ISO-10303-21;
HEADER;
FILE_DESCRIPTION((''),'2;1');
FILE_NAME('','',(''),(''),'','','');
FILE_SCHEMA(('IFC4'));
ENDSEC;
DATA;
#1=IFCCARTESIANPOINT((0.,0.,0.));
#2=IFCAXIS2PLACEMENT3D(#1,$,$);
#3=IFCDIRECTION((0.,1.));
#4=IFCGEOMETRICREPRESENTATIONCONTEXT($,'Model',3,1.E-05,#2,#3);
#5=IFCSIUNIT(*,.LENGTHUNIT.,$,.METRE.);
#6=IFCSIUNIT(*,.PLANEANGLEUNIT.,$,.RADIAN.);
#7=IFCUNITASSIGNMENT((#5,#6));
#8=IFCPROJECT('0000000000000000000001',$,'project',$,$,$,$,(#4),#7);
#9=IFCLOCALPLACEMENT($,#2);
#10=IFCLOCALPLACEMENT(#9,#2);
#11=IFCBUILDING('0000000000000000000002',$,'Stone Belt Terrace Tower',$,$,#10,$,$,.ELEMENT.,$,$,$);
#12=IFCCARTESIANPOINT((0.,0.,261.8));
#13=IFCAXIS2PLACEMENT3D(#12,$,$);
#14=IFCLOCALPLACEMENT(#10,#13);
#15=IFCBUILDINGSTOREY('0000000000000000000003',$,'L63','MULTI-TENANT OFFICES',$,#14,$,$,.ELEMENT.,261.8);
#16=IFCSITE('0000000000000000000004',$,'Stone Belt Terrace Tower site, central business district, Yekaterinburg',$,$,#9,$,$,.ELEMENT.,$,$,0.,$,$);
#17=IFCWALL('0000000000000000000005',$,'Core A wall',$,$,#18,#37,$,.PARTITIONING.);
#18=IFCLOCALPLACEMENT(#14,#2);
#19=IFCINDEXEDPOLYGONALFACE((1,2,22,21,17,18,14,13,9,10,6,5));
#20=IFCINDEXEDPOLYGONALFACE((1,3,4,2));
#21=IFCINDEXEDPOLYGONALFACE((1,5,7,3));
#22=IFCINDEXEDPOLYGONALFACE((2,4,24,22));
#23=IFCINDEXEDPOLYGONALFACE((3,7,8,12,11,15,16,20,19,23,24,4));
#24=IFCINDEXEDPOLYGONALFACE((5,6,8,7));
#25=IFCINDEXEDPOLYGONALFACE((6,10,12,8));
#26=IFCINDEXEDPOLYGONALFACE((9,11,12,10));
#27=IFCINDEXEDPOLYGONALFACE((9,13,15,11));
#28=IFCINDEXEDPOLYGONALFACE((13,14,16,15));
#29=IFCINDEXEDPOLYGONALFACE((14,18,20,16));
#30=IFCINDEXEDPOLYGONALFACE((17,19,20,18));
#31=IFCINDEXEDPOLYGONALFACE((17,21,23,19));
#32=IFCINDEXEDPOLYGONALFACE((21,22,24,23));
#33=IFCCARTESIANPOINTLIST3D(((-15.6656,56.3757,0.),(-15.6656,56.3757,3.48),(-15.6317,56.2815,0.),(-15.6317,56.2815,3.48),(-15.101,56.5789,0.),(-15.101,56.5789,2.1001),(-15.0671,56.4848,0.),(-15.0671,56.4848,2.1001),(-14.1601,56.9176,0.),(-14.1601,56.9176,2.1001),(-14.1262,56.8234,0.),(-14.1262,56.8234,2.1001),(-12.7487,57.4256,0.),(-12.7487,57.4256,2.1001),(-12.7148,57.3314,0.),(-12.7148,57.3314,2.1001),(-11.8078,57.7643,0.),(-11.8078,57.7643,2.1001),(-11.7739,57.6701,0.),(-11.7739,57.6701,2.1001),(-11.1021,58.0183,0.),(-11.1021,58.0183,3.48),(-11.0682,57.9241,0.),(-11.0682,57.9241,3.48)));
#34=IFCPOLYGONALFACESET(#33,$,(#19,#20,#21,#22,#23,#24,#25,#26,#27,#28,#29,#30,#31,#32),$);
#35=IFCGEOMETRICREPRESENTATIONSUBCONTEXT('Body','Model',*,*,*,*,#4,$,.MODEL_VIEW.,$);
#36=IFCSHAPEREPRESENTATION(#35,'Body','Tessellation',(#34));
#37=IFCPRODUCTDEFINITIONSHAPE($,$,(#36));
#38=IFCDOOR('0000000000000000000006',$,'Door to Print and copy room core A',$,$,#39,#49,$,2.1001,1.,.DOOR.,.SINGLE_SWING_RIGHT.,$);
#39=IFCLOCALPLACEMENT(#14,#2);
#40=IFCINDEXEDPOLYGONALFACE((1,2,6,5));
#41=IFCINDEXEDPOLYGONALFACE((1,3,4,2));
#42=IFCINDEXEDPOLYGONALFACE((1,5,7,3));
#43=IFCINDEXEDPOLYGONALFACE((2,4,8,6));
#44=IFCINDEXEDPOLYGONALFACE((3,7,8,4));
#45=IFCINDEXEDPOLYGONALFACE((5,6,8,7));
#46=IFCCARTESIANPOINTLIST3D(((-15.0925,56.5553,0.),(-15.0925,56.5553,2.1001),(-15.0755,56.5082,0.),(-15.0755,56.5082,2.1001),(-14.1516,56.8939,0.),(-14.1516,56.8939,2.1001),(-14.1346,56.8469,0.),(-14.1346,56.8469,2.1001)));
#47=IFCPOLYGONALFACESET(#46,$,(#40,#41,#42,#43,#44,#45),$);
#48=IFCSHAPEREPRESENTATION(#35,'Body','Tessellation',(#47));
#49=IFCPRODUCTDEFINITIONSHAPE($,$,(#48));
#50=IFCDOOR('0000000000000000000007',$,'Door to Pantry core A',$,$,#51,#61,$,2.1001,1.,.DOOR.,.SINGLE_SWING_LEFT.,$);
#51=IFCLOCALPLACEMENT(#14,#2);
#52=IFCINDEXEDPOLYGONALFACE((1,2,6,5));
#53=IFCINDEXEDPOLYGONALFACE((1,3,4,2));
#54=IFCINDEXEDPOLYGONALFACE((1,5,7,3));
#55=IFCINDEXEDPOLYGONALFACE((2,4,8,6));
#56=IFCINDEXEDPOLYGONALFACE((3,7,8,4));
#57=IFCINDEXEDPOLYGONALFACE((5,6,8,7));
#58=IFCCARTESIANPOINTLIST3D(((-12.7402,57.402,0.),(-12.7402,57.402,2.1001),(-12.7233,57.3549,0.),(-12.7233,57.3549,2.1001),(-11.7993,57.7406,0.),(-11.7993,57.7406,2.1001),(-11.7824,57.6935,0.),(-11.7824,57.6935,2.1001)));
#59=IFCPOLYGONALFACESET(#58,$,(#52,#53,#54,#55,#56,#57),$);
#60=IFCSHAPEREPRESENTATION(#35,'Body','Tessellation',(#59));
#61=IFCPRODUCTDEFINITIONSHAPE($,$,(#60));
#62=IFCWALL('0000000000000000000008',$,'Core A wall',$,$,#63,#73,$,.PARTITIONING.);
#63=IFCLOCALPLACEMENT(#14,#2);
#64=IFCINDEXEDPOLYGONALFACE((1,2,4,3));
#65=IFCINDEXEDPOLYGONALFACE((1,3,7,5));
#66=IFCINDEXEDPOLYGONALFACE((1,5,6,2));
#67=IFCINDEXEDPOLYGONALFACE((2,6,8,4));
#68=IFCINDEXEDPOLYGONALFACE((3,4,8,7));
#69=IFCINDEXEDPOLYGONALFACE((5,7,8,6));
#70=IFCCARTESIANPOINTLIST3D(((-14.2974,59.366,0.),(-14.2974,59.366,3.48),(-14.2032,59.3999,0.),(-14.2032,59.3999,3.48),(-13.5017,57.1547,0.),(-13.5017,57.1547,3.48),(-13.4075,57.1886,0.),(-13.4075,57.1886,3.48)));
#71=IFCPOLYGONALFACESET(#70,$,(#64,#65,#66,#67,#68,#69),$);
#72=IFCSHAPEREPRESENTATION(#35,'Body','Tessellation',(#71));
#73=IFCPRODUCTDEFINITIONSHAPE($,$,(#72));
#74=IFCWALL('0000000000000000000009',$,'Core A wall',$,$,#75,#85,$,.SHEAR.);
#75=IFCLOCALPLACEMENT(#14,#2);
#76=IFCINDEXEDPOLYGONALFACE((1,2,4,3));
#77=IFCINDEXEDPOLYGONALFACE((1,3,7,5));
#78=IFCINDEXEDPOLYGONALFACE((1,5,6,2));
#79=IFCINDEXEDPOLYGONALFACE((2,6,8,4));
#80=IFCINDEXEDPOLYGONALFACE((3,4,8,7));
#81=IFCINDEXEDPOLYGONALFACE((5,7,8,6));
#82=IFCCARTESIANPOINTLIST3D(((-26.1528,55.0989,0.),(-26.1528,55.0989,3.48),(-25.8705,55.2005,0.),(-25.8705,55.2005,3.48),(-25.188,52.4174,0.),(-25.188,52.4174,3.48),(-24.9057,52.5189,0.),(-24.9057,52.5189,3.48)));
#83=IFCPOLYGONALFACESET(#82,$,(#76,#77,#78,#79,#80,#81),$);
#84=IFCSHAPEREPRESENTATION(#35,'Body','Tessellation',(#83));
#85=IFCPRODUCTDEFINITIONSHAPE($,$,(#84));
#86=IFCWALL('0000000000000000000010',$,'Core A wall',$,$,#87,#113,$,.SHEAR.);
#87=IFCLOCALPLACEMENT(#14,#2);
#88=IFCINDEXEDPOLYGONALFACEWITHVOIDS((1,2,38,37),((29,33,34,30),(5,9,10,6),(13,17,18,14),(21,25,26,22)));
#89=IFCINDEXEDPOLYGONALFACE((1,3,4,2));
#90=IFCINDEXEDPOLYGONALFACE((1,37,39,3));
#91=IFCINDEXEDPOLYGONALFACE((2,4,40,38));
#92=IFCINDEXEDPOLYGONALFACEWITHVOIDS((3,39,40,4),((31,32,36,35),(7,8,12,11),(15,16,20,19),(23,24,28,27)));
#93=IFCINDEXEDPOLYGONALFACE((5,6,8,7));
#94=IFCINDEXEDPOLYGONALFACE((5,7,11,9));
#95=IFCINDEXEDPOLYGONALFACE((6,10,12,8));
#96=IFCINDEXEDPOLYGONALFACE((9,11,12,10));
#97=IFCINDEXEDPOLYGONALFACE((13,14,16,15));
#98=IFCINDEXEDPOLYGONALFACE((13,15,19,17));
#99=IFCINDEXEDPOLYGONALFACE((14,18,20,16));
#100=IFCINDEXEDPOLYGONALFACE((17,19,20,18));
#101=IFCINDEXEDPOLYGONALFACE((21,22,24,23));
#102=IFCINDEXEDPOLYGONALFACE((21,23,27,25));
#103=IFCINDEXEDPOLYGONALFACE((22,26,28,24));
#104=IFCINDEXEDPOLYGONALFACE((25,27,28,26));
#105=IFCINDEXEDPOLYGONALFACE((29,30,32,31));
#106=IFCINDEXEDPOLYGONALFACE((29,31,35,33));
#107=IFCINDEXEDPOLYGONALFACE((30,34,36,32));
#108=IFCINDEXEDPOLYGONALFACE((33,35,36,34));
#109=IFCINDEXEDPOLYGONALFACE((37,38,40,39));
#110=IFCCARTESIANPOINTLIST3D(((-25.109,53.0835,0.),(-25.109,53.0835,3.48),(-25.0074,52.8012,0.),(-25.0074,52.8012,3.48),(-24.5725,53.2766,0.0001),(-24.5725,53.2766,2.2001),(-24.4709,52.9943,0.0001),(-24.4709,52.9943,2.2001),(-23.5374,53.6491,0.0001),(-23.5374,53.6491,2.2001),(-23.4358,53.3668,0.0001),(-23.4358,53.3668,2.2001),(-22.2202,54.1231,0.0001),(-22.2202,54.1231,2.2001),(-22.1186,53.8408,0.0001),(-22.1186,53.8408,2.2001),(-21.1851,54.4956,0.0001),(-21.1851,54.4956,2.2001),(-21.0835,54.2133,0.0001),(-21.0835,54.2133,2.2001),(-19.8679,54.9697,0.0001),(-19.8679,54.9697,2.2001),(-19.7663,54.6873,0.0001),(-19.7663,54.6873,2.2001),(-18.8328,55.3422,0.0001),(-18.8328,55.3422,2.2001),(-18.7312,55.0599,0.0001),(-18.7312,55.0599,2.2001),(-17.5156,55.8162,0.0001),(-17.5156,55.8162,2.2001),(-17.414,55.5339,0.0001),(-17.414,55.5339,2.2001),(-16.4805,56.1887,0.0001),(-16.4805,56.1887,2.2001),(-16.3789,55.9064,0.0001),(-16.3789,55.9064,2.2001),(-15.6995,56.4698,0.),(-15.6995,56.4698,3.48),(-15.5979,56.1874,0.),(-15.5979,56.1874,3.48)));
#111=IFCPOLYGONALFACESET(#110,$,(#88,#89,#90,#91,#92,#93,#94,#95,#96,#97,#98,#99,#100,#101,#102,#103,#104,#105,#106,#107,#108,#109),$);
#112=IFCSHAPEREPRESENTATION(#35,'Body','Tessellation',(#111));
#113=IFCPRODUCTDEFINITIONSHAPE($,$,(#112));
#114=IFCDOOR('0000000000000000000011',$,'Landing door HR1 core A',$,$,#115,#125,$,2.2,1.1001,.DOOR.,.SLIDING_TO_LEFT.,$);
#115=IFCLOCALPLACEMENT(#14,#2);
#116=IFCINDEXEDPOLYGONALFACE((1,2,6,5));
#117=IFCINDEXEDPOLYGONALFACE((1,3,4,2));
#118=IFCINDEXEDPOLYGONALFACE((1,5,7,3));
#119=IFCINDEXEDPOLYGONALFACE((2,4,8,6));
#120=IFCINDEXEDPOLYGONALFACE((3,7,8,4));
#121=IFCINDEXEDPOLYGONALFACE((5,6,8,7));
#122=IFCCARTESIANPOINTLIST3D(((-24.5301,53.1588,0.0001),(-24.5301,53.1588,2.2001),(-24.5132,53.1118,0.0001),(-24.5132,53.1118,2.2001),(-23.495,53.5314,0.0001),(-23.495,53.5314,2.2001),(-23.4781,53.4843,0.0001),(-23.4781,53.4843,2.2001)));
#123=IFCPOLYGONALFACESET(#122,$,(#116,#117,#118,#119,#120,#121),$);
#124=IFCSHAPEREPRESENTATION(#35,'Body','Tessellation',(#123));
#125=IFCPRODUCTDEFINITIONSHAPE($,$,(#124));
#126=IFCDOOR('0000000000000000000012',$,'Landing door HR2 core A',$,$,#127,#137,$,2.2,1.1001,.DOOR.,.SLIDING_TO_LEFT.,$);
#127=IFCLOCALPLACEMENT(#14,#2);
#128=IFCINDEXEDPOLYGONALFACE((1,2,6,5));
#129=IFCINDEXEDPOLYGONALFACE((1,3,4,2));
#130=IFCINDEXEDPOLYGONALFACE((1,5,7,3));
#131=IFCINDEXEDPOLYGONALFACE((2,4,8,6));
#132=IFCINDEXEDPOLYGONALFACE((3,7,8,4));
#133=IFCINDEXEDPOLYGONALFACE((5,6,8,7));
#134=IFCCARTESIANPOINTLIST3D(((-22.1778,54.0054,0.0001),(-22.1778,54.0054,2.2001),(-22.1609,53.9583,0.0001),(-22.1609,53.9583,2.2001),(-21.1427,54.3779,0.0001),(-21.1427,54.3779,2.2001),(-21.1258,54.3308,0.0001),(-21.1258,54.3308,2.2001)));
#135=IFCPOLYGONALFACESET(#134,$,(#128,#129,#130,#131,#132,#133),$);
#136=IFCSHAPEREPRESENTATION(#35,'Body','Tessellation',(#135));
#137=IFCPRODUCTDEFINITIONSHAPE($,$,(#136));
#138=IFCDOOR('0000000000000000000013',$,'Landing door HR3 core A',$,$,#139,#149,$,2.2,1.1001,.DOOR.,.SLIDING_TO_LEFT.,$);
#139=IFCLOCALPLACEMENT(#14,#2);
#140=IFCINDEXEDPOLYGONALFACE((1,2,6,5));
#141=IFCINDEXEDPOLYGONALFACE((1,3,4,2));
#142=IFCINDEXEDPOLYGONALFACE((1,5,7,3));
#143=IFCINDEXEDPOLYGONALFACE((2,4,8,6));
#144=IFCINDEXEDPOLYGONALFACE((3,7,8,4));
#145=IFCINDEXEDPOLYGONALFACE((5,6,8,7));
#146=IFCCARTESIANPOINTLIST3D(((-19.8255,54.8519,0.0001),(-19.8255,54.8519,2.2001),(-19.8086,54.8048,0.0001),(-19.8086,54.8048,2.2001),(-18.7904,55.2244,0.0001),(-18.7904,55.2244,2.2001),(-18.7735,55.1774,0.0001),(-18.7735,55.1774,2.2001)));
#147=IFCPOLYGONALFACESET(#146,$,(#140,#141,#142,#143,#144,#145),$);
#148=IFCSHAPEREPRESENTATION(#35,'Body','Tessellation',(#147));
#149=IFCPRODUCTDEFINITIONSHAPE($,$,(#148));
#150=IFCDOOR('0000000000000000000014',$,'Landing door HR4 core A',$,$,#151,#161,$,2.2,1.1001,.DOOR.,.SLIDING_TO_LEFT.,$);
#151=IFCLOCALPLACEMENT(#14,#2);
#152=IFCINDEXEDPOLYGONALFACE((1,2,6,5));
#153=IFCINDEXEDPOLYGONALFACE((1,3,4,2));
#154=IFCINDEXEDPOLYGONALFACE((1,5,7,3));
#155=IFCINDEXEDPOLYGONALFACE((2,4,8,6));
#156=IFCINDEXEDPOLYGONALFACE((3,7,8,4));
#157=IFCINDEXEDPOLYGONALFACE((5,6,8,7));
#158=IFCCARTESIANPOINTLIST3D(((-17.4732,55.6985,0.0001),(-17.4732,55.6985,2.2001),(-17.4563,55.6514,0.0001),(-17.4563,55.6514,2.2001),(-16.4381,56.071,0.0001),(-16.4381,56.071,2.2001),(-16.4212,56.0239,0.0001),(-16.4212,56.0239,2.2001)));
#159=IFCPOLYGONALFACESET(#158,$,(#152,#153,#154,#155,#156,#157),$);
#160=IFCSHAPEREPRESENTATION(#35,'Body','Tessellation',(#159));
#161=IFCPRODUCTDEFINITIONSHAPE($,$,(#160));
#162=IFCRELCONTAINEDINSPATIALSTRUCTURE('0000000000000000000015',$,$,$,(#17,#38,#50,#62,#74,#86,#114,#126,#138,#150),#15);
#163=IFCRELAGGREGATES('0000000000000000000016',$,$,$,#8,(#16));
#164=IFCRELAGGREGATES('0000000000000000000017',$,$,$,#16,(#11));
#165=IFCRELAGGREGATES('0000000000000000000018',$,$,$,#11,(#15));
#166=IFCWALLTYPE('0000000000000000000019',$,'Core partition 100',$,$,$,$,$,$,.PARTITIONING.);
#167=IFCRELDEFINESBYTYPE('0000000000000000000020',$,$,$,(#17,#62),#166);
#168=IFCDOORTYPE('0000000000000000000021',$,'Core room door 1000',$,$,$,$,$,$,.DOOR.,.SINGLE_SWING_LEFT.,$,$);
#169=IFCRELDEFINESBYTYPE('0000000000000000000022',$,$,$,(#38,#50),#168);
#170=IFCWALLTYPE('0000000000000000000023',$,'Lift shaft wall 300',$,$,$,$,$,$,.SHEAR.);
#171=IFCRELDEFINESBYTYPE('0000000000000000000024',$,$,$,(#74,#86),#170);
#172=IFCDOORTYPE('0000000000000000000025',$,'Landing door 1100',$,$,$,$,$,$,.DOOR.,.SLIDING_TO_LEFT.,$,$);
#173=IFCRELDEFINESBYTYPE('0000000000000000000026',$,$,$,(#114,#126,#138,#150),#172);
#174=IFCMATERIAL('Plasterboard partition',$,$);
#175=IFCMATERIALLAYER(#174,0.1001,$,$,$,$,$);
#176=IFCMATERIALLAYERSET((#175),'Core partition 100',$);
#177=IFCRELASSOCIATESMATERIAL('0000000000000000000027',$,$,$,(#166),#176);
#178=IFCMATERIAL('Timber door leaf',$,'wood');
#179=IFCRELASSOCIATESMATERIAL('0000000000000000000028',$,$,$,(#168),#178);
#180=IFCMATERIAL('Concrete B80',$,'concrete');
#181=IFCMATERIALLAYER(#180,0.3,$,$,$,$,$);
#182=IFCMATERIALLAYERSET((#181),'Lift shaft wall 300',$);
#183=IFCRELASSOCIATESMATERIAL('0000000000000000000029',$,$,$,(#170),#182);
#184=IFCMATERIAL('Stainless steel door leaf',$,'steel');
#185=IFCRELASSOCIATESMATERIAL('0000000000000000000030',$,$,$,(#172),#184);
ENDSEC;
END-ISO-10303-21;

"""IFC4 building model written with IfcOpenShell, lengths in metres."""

from ifc_helpers import new_model, si_unit, direction, frame, frame_2d, origin, place, context, subcontext, project, spatial, rectangle, extrude, material, layer, layer_set, type_object, element, fill, save


model = new_model("IFC4")

# Units and contexts
model_context = context("Model", 3, precision=1e-05, world=origin(), true_north=direction((0.0, 1.0)))
body_context = subcontext(model_context, "Body", "Model", "MODEL_VIEW")
ifc_project = project(units=[si_unit("LENGTHUNIT", "METRE"), si_unit("PLANEANGLEUNIT", "RADIAN")], contexts=[model_context])

# Site, building, storey
site_placement = place(None, origin())
site = spatial("IfcSite", under=ifc_project, at=site_placement, Name="Stone Belt Terrace Tower site, central business district, Yekaterinburg", CompositionType="ELEMENT", RefElevation=0.0)
building_placement = place(site_placement, origin())
building = spatial("IfcBuilding", under=site, at=building_placement, Name="Stone Belt Terrace Tower", CompositionType="ELEMENT")
storey_placement = place(building_placement, frame((0.0, 0.0, 261.8)))
storey = spatial("IfcBuildingStorey", under=building, at=storey_placement, Name="L63", Description="MULTI-TENANT OFFICES", CompositionType="ELEMENT", Elevation=261.8)

# Shared definitions
ifc_material_1 = material(Name="Plasterboard partition")
ifc_layer_1 = layer(ifc_material_1, 0.1001)
ifc_layer_set_1 = layer_set([ifc_layer_1], Name="Core partition 100")
wall_type_1 = type_object("IfcWallType", Name="Core partition 100", PredefinedType="PARTITIONING", material=ifc_layer_set_1)
ifc_material_2 = material(Name="Timber door leaf", Category="wood")
door_type_1 = type_object("IfcDoorType", Name="Core room door 1000", OperationType="SINGLE_SWING_LEFT", PredefinedType="DOOR", material=ifc_material_2)

# Wall, openings, doors
wall_1_placement = place(storey_placement, frame((-15.6487, 56.3286, 0.0), z_axis=(0.0, 0.0, 1.0), x_axis=(0.940905, 0.33867, 0.0)))
wall_1 = element("IfcWall", 1, at=wall_1_placement, inside=storey, type_object=wall_type_1, Name="Core A wall", PredefinedType="PARTITIONING", context=body_context, shape_type="SweptSolid", body=[
    extrude(rectangle(XDim=4.8501, YDim=0.1001, at=frame_2d((2.425, 0.0))), origin(), (0.0, 0.0, 1.0), 3.48),
])
opening_1_placement = place(wall_1_placement, frame((0.6001, 0.0, 0.0)))
opening_1 = element("IfcOpeningElement", 2, at=opening_1_placement, cuts=wall_1, PredefinedType="OPENING", context=body_context, shape_type="SweptSolid", body=[
    extrude(rectangle(XDim=1.0, YDim=2.1001, at=frame_2d((0.5, 1.05))), frame((0.0, 0.0601, 0.0), z_axis=(0.0, -1.0, 0.0), x_axis=(1.0, 0.0, 0.0)), (0.0, 0.0, 1.0), 0.1201),
])
opening_2_placement = place(wall_1_placement, frame((3.1001, 0.0, 0.0)))
opening_2 = element("IfcOpeningElement", 3, at=opening_2_placement, cuts=wall_1, PredefinedType="OPENING", context=body_context, shape_type="SweptSolid", body=[
    extrude(rectangle(XDim=1.0, YDim=2.1001, at=frame_2d((0.5, 1.05))), frame((0.0, 0.0601, 0.0), z_axis=(0.0, -1.0, 0.0), x_axis=(1.0, 0.0, 0.0)), (0.0, 0.0, 1.0), 0.1201),
])
door_1_placement = place(opening_1_placement, origin())
door_1 = element("IfcDoor", 4, at=door_1_placement, inside=storey, type_object=door_type_1, Name="Door to Print and copy room core A", OperationType="SINGLE_SWING_RIGHT", OverallHeight=2.1001, OverallWidth=1.0, PredefinedType="DOOR", context=body_context, shape_type="SweptSolid", body=[
    extrude(rectangle(XDim=1.0, YDim=2.1001, at=frame_2d((0.5, 1.05))), frame((0.0, 0.0249, 0.0), z_axis=(0.0, -1.0, 0.0), x_axis=(1.0, 0.0, 0.0)), (0.0, 0.0, 1.0), 0.05),
])
fill(opening_1, door_1)
door_2_placement = place(opening_2_placement, origin())
door_2 = element("IfcDoor", 5, at=door_2_placement, inside=storey, type_object=door_type_1, Name="Door to Pantry core A", OperationType="SINGLE_SWING_LEFT", OverallHeight=2.1001, OverallWidth=1.0, PredefinedType="DOOR", context=body_context, shape_type="SweptSolid", body=[
    extrude(rectangle(XDim=1.0, YDim=2.1001, at=frame_2d((0.5, 1.05))), frame((0.0, 0.0249, 0.0), z_axis=(0.0, -1.0, 0.0), x_axis=(1.0, 0.0, 0.0)), (0.0, 0.0, 1.0), 0.05),
])
fill(opening_2, door_2)

# Walls
wall_2_placement = place(storey_placement, frame((-13.4546, 57.1716, 0.0), z_axis=(0.0, 0.0, 1.0), x_axis=(-0.33858, 0.940938, 0.0)))
element("IfcWall", 6, at=wall_2_placement, inside=storey, type_object=wall_type_1, Name="Core A wall", PredefinedType="PARTITIONING", context=body_context, shape_type="SweptSolid", body=[
    extrude(rectangle(XDim=2.3501, YDim=0.1001, at=frame_2d((1.175, 0.0))), origin(), (0.0, 0.0, 1.0), 3.48),
])
ifc_material_3 = material(Name="Concrete B80", Category="concrete")
ifc_layer_2 = layer(ifc_material_3, 0.3)
ifc_layer_set_2 = layer_set([ifc_layer_2], Name="Lift shaft wall 300")
wall_type_2 = type_object("IfcWallType", Name="Lift shaft wall 300", PredefinedType="SHEAR", material=ifc_layer_set_2)
wall_3_placement = place(storey_placement, frame((-25.0469, 52.4683, 0.0), z_axis=(0.0, 0.0, 1.0), x_axis=(-0.33855, 0.940949, 0.0)))
element("IfcWall", 7, at=wall_3_placement, inside=storey, type_object=wall_type_2, Name="Core A wall", PredefinedType="SHEAR", context=body_context, shape_type="SweptSolid", body=[
    extrude(rectangle(XDim=2.8499, YDim=0.3, at=frame_2d((1.4248, 0.0))), origin(), (0.0, 0.0, 1.0), 3.48),
])

# Wall, openings, doors
wall_4_placement = place(storey_placement, frame((-25.0581, 52.9424, 0.0), z_axis=(0.0, 0.0, 1.0), x_axis=(0.940924, 0.338617, 0.0)))
wall_4 = element("IfcWall", 8, at=wall_4_placement, inside=storey, type_object=wall_type_2, Name="Core A wall", PredefinedType="SHEAR", context=body_context, shape_type="SweptSolid", body=[
    extrude(rectangle(XDim=10.0002, YDim=0.3, at=frame_2d((5.0, 0.0))), origin(), (0.0, 0.0, 1.0), 3.48),
])
opening_3_placement = place(wall_4_placement, frame((0.5701, 0.0, 0.0)))
opening_3 = element("IfcOpeningElement", 9, at=opening_3_placement, cuts=wall_4, PredefinedType="OPENING", context=body_context, shape_type="SweptSolid", body=[
    extrude(rectangle(XDim=1.1001, YDim=2.2, at=frame_2d((0.55, 1.1001))), frame((0.0, 0.1599, 0.0), z_axis=(0.0, -1.0, 0.0), x_axis=(1.0, 0.0, 0.0)), (0.0, 0.0, 1.0), 0.3201),
])
opening_4_placement = place(wall_4_placement, frame((3.0701, 0.0, 0.0)))
opening_4 = element("IfcOpeningElement", 10, at=opening_4_placement, cuts=wall_4, PredefinedType="OPENING", context=body_context, shape_type="SweptSolid", body=[
    extrude(rectangle(XDim=1.1001, YDim=2.2, at=frame_2d((0.55, 1.1001))), frame((0.0, 0.1599, 0.0), z_axis=(0.0, -1.0, 0.0), x_axis=(1.0, 0.0, 0.0)), (0.0, 0.0, 1.0), 0.3201),
])
opening_5_placement = place(wall_4_placement, frame((5.5701, 0.0, 0.0)))
opening_5 = element("IfcOpeningElement", 11, at=opening_5_placement, cuts=wall_4, PredefinedType="OPENING", context=body_context, shape_type="SweptSolid", body=[
    extrude(rectangle(XDim=1.1001, YDim=2.2, at=frame_2d((0.55, 1.1001))), frame((0.0, 0.1599, 0.0), z_axis=(0.0, -1.0, 0.0), x_axis=(1.0, 0.0, 0.0)), (0.0, 0.0, 1.0), 0.3201),
])
opening_6_placement = place(wall_4_placement, frame((8.0701, 0.0, 0.0)))
opening_6 = element("IfcOpeningElement", 12, at=opening_6_placement, cuts=wall_4, PredefinedType="OPENING", context=body_context, shape_type="SweptSolid", body=[
    extrude(rectangle(XDim=1.1001, YDim=2.2, at=frame_2d((0.55, 1.1001))), frame((0.0, 0.1599, 0.0), z_axis=(0.0, -1.0, 0.0), x_axis=(1.0, 0.0, 0.0)), (0.0, 0.0, 1.0), 0.3201),
])
ifc_material_4 = material(Name="Stainless steel door leaf", Category="steel")
door_type_2 = type_object("IfcDoorType", Name="Landing door 1100", OperationType="SLIDING_TO_LEFT", PredefinedType="DOOR", material=ifc_material_4)
door_3_placement = place(opening_3_placement, origin())
door_3 = element("IfcDoor", 13, at=door_3_placement, inside=storey, type_object=door_type_2, Name="Landing door HR1 core A", OperationType="SLIDING_TO_LEFT", OverallHeight=2.2, OverallWidth=1.1001, PredefinedType="DOOR", context=body_context, shape_type="SweptSolid", body=[
    extrude(rectangle(XDim=1.1001, YDim=2.2, at=frame_2d((0.55, 1.1001))), frame((0.0, 0.0249, 0.0), z_axis=(0.0, -1.0, 0.0), x_axis=(1.0, 0.0, 0.0)), (0.0, 0.0, 1.0), 0.05),
])
fill(opening_3, door_3)
door_4_placement = place(opening_4_placement, origin())
door_4 = element("IfcDoor", 14, at=door_4_placement, inside=storey, type_object=door_type_2, Name="Landing door HR2 core A", OperationType="SLIDING_TO_LEFT", OverallHeight=2.2, OverallWidth=1.1001, PredefinedType="DOOR", context=body_context, shape_type="SweptSolid", body=[
    extrude(rectangle(XDim=1.1001, YDim=2.2, at=frame_2d((0.55, 1.1001))), frame((0.0, 0.0249, 0.0), z_axis=(0.0, -1.0, 0.0), x_axis=(1.0, 0.0, 0.0)), (0.0, 0.0, 1.0), 0.05),
])
fill(opening_4, door_4)
door_5_placement = place(opening_5_placement, origin())
door_5 = element("IfcDoor", 15, at=door_5_placement, inside=storey, type_object=door_type_2, Name="Landing door HR3 core A", OperationType="SLIDING_TO_LEFT", OverallHeight=2.2, OverallWidth=1.1001, PredefinedType="DOOR", context=body_context, shape_type="SweptSolid", body=[
    extrude(rectangle(XDim=1.1001, YDim=2.2, at=frame_2d((0.55, 1.1001))), frame((0.0, 0.0249, 0.0), z_axis=(0.0, -1.0, 0.0), x_axis=(1.0, 0.0, 0.0)), (0.0, 0.0, 1.0), 0.05),
])
fill(opening_5, door_5)
door_6_placement = place(opening_6_placement, origin())
door_6 = element("IfcDoor", 16, at=door_6_placement, inside=storey, type_object=door_type_2, Name="Landing door HR4 core A", OperationType="SLIDING_TO_LEFT", OverallHeight=2.2, OverallWidth=1.1001, PredefinedType="DOOR", context=body_context, shape_type="SweptSolid", body=[
    extrude(rectangle(XDim=1.1001, YDim=2.2, at=frame_2d((0.55, 1.1001))), frame((0.0, 0.0249, 0.0), z_axis=(0.0, -1.0, 0.0), x_axis=(1.0, 0.0, 0.0)), (0.0, 0.0, 1.0), 0.05),
])
fill(opening_6, door_6)

save(model, "model.ifc")
